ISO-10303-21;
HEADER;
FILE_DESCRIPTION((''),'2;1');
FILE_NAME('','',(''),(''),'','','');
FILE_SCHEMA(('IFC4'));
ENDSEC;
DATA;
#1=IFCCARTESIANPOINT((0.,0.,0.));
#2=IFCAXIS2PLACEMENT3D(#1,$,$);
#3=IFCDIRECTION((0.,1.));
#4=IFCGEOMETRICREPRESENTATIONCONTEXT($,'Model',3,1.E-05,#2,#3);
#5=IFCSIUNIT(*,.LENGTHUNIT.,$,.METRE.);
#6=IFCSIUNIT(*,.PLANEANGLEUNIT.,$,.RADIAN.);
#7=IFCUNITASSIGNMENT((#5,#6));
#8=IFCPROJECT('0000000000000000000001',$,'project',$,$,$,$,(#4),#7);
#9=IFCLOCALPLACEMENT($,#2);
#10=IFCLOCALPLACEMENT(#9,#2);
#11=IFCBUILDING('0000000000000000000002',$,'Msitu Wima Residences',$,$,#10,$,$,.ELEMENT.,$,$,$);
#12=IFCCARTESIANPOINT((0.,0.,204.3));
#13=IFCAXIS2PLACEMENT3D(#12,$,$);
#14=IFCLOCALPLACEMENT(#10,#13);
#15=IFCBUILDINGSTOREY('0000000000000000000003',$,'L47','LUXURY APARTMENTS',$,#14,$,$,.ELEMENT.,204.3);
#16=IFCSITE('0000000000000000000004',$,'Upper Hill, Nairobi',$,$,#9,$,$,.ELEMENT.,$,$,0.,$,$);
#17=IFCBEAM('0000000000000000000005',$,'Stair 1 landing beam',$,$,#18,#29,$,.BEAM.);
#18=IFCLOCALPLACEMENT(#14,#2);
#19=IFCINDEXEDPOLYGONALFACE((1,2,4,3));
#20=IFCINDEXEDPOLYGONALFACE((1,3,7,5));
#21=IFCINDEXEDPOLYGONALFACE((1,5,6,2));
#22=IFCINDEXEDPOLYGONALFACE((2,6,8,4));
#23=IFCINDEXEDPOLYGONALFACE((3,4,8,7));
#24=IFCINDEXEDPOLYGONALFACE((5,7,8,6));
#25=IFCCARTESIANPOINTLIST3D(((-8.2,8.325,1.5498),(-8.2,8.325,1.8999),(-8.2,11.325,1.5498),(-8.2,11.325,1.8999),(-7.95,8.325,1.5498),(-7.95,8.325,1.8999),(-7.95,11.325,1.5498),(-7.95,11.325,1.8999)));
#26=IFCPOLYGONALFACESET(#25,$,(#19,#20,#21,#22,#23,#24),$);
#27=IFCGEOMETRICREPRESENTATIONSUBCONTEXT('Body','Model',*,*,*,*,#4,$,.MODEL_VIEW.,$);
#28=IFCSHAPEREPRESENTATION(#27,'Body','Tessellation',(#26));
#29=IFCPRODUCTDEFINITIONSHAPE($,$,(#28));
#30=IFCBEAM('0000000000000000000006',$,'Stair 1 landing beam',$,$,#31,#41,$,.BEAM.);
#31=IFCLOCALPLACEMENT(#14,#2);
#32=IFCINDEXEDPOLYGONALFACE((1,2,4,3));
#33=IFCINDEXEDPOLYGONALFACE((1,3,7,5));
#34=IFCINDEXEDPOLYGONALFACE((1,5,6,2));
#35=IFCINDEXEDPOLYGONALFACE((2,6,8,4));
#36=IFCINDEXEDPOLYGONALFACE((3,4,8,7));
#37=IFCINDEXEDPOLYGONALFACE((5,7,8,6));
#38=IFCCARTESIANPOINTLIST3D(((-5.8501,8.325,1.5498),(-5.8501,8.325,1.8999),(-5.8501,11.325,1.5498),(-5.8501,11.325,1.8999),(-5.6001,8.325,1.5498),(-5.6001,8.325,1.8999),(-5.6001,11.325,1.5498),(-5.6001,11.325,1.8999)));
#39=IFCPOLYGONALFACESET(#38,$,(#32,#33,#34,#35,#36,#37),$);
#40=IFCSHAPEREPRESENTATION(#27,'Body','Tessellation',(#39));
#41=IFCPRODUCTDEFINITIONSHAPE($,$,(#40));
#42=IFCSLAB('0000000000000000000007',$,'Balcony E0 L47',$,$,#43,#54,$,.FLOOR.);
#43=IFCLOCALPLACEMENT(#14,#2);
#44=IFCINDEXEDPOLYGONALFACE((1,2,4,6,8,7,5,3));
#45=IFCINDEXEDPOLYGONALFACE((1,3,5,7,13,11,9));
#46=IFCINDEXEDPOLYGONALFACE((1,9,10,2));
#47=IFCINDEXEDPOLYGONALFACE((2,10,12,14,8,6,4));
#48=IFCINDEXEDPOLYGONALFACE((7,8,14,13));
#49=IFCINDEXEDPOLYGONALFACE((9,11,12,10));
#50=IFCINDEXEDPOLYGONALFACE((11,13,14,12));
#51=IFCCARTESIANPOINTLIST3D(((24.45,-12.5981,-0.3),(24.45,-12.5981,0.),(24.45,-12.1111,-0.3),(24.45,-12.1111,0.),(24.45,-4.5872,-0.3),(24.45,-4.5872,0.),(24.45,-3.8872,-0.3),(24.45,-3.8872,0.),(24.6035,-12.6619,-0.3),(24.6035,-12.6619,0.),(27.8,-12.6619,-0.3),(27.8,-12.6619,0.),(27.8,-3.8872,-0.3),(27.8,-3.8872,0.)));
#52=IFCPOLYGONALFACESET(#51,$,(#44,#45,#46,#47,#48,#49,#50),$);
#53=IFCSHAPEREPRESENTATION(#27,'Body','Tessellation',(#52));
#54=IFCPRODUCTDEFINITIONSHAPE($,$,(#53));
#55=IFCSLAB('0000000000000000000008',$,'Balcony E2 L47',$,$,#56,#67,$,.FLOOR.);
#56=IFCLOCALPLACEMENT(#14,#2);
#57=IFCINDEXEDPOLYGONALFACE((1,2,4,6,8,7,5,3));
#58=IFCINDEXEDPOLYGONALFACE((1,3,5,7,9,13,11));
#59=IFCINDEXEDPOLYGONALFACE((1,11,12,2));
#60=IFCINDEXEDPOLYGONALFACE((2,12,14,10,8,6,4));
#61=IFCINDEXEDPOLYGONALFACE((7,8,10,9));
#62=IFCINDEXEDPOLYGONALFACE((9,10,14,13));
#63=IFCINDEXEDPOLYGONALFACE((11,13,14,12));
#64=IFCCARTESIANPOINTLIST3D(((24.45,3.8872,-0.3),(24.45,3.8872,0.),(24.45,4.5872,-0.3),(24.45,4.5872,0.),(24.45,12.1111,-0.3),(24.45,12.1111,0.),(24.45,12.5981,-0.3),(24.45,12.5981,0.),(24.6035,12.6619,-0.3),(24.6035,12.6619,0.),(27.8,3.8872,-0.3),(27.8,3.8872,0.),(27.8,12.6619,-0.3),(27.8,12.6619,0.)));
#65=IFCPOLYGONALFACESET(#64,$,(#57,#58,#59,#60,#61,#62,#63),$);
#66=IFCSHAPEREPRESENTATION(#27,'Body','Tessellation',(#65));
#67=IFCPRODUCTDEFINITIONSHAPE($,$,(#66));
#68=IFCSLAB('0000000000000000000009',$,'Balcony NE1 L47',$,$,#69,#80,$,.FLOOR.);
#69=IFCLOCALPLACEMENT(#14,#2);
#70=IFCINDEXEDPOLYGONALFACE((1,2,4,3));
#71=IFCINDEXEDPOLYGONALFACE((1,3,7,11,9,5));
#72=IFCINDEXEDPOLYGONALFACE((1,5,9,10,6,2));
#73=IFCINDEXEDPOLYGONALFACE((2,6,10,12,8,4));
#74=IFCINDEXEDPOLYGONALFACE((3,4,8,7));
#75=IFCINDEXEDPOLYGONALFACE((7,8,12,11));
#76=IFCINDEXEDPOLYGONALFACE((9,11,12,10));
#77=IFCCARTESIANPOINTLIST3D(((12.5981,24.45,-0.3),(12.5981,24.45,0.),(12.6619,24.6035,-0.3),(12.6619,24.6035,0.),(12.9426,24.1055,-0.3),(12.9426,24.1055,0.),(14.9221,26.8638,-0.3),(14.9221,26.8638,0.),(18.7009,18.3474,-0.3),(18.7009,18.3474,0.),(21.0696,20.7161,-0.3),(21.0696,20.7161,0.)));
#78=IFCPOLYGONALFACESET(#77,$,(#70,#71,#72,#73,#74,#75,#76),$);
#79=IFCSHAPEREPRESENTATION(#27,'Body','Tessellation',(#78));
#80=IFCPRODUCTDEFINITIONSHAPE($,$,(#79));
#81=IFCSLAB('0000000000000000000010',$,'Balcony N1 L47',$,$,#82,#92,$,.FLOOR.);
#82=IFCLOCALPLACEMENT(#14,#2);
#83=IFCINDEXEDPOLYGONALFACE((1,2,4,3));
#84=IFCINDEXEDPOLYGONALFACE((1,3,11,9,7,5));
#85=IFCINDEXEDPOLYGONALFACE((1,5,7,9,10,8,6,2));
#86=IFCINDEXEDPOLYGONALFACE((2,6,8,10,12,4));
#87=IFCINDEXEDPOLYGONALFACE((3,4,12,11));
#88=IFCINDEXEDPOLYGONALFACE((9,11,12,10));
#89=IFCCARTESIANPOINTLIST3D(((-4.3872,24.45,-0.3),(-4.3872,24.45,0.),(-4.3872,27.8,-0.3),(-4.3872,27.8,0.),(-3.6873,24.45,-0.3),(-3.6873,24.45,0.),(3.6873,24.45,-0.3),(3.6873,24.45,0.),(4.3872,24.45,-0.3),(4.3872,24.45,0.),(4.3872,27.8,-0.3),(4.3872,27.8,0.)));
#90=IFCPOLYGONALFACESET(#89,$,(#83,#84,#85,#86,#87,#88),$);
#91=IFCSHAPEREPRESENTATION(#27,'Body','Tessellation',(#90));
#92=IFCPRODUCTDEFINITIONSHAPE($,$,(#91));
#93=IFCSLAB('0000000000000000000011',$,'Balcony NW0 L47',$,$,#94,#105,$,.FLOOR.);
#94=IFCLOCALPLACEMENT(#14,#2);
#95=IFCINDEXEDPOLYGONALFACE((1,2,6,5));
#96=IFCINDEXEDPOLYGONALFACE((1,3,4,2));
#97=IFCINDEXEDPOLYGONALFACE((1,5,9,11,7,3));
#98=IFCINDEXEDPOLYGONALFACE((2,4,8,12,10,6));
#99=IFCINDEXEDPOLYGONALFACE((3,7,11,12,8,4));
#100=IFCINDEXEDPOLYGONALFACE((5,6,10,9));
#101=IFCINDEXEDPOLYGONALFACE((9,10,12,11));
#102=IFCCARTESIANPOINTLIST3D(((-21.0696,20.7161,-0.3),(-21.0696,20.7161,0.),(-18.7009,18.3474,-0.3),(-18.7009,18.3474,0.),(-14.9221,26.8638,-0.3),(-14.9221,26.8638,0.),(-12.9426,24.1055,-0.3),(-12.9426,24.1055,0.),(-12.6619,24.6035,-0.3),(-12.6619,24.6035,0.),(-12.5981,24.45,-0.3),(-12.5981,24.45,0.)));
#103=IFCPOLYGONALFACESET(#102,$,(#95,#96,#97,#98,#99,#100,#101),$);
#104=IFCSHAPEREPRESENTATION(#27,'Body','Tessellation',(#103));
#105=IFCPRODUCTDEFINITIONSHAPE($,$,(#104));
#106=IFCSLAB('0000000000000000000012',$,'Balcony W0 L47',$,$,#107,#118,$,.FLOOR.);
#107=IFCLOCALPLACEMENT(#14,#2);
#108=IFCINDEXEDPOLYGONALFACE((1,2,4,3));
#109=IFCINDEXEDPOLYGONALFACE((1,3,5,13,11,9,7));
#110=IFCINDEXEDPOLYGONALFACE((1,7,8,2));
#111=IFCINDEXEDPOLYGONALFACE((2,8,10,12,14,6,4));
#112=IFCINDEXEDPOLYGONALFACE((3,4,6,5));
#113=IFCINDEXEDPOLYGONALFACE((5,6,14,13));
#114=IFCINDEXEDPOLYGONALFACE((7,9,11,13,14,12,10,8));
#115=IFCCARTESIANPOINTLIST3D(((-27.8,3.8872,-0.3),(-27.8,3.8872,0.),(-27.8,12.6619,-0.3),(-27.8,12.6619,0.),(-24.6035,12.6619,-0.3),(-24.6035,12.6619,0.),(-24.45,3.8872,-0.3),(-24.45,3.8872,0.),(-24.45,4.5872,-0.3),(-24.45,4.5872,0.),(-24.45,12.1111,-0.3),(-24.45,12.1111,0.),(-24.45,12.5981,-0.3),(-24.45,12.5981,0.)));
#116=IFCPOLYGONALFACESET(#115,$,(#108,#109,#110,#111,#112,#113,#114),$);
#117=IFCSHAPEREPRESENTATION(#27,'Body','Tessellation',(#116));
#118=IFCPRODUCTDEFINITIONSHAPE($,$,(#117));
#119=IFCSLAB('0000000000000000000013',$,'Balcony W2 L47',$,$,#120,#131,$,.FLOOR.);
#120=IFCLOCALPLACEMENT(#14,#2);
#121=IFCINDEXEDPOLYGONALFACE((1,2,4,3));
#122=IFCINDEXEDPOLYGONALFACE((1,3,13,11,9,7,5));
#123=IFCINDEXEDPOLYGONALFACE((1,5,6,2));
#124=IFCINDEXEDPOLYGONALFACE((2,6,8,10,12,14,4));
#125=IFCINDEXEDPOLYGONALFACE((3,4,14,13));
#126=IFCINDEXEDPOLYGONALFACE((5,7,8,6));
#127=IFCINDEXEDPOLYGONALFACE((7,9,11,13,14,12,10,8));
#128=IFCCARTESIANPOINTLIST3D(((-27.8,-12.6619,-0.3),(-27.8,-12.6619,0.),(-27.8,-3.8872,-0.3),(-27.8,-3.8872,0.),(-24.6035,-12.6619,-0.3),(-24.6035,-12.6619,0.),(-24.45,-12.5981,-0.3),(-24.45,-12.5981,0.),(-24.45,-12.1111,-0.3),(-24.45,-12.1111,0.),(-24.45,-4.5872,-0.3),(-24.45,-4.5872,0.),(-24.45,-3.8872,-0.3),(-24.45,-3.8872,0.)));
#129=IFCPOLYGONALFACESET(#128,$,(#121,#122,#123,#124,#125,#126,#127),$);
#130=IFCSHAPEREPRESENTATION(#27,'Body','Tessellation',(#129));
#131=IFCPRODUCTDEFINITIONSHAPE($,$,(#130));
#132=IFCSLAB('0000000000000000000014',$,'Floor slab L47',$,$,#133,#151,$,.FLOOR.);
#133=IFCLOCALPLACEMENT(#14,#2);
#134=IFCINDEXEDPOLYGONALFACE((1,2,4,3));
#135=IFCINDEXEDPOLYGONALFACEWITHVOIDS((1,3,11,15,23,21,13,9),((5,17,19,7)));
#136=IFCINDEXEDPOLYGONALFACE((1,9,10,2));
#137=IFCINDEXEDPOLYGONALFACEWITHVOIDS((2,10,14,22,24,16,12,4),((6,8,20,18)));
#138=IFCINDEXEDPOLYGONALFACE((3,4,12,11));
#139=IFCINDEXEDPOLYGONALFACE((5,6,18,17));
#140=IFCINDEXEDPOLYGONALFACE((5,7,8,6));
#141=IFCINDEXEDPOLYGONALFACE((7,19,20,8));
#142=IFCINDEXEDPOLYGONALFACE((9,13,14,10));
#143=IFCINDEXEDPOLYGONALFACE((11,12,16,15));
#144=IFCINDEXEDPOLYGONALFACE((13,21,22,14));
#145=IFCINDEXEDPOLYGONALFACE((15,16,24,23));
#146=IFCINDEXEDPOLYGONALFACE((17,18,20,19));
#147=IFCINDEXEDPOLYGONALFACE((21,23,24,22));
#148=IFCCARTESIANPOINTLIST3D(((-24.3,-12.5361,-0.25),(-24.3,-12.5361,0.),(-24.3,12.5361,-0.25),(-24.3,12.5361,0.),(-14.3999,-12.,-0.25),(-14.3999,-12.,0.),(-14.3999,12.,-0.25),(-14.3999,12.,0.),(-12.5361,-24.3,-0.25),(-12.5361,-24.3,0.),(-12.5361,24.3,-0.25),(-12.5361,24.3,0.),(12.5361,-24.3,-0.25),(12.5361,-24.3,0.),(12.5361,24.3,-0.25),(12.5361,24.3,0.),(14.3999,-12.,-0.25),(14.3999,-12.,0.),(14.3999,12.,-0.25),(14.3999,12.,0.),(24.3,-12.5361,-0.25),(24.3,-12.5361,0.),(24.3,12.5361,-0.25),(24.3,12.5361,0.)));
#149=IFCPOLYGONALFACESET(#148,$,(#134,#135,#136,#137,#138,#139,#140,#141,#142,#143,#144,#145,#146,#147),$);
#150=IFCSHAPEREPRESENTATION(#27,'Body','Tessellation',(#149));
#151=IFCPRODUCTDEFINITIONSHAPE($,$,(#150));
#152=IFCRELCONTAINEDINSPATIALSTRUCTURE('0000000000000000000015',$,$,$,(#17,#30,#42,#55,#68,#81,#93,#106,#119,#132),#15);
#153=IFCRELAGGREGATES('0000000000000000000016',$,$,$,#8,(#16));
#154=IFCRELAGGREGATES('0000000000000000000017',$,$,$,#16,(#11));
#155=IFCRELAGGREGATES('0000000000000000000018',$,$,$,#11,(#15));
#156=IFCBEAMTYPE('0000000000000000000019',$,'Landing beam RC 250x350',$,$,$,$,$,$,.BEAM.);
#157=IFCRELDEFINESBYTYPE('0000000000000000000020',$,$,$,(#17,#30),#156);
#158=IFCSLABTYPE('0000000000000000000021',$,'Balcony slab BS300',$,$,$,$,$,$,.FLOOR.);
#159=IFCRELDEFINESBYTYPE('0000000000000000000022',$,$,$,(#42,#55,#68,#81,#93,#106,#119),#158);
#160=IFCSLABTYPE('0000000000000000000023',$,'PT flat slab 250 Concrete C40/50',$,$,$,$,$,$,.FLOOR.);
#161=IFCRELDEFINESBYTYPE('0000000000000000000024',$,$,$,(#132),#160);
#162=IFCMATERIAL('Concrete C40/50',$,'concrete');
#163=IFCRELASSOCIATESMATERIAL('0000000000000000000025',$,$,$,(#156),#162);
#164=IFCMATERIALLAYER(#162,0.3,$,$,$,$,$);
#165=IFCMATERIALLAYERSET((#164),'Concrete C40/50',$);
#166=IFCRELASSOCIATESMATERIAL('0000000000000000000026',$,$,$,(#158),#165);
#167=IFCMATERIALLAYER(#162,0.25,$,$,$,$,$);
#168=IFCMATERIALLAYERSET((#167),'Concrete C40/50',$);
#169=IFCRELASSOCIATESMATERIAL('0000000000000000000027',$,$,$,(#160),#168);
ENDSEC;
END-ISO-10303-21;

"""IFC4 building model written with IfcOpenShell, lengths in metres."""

from ifc_helpers import new_model, si_unit, direction, frame, origin, origin_2d, place, context, subcontext, project, spatial, polyline, rectangle, outline, extrude, material, layer, layer_set, material_profile, profile_set, type_object, element, save


model = new_model("IFC4")

# Units and contexts
model_context = context("Model", 3, precision=1e-05, world=origin(), true_north=direction((0.0, 1.0)))
body_context = subcontext(model_context, "Body", "Model", "MODEL_VIEW")
ifc_project = project(units=[si_unit("LENGTHUNIT", "METRE"), si_unit("PLANEANGLEUNIT", "RADIAN")], contexts=[model_context])

# Site, building, storey
site_placement = place(None, origin())
site = spatial("IfcSite", under=ifc_project, at=site_placement, Name="Upper Hill, Nairobi", CompositionType="ELEMENT", RefElevation=0.0)
building_placement = place(site_placement, origin())
building = spatial("IfcBuilding", under=site, at=building_placement, Name="Msitu Wima Residences", CompositionType="ELEMENT")
storey_placement = place(building_placement, frame((0.0, 0.0, 204.3)))
storey = spatial("IfcBuildingStorey", under=building, at=storey_placement, Name="L47", Description="LUXURY APARTMENTS", CompositionType="ELEMENT", Elevation=204.3)

# Beams
ifc_material_1 = material(Name="Concrete C40/50", Category="concrete")
ifc_material_profile = material_profile(ifc_material_1, rectangle(XDim=0.25, YDim=0.3501, at=origin_2d()), Name="RC 250x350")
ifc_profile_set = profile_set([ifc_material_profile], Name="Concrete C40/50")
beam_type = type_object("IfcBeamType", Name="Landing beam RC 250x350", PredefinedType="BEAM", material=ifc_profile_set)
for number, where, z_axis, x_axis, name in (
    (1, (-8.075, 8.325, 1.7249), (0.0, 1.0, 0.0), (-1.0, 0.0, 0.0), "Stair 1 landing beam"),
    (2, (-5.7251, 8.325, 1.7249), (0.0, 1.0, 0.0), (-1.0, 0.0, 0.0), "Stair 1 landing beam"),
):
    element("IfcBeam", number, at=place(storey_placement, frame(where, z_axis=z_axis, x_axis=x_axis)), inside=storey, type_object=beam_type, Name=name, PredefinedType="BEAM", context=body_context, shape_type="SweptSolid", body=[
        extrude(rectangle(XDim=0.25, YDim=0.3501, at=origin_2d()), origin(), (0.0, 0.0, 1.0), 3.0),
    ])

# Slabs
ifc_layer_1 = layer(ifc_material_1, 0.3)
ifc_layer_set_1 = layer_set([ifc_layer_1], Name="Concrete C40/50")
slab_type_1 = type_object("IfcSlabType", Name="Balcony slab BS300", PredefinedType="FLOOR", material=ifc_layer_set_1)
slab_1_placement = place(storey_placement, frame((0.0, 0.0, -0.3)))
element("IfcSlab", 3, at=slab_1_placement, inside=storey, type_object=slab_type_1, Name="Balcony E0 L47", PredefinedType="FLOOR", context=body_context, shape_type="SweptSolid", body=[
    extrude(outline(polyline([(24.45, -12.1111), (24.45, -12.1111), (24.45, -4.5872), (24.45, -4.5872), (24.45, -3.8872), (27.8, -3.8872), (27.8, -12.6619), (24.6035, -12.6619), (24.45, -12.5981), (24.45, -12.1111), (24.45, -12.1111)])), origin(), (0.0, 0.0, 1.0), 0.3),
])
slab_2_placement = place(storey_placement, frame((0.0, 0.0, -0.3)))
element("IfcSlab", 4, at=slab_2_placement, inside=storey, type_object=slab_type_1, Name="Balcony E2 L47", PredefinedType="FLOOR", context=body_context, shape_type="SweptSolid", body=[
    extrude(outline(polyline([(24.45, 12.1111), (24.45, 12.1111), (24.45, 12.1111), (24.45, 12.5981), (24.6035, 12.6619), (27.8, 12.6619), (27.8, 3.8872), (24.45, 3.8872), (24.45, 4.5872), (24.45, 12.1111)])), origin(), (0.0, 0.0, 1.0), 0.3),
])
slab_3_placement = place(storey_placement, frame((0.0, 0.0, -0.3)))
element("IfcSlab", 5, at=slab_3_placement, inside=storey, type_object=slab_type_1, Name="Balcony NE1 L47", PredefinedType="FLOOR", context=body_context, shape_type="SweptSolid", body=[
    extrude(outline(polyline([(12.9426, 24.1055), (12.9426, 24.1055), (12.5981, 24.45), (12.6619, 24.6035), (14.9221, 26.8638), (21.0696, 20.7161), (18.7009, 18.3474), (12.9426, 24.1055), (12.9426, 24.1055)])), origin(), (0.0, 0.0, 1.0), 0.3),
])
slab_4_placement = place(storey_placement, frame((0.0, 0.0, -0.3)))
element("IfcSlab", 6, at=slab_4_placement, inside=storey, type_object=slab_type_1, Name="Balcony N1 L47", PredefinedType="FLOOR", context=body_context, shape_type="SweptSolid", body=[
    extrude(outline(polyline([(3.6873, 24.45), (-3.6873, 24.45), (-4.3872, 24.45), (-4.3872, 27.8), (4.3872, 27.8), (4.3872, 24.45), (3.6873, 24.45)])), origin(), (0.0, 0.0, 1.0), 0.3),
])
slab_5_placement = place(storey_placement, frame((0.0, 0.0, -0.3)))
element("IfcSlab", 7, at=slab_5_placement, inside=storey, type_object=slab_type_1, Name="Balcony NW0 L47", PredefinedType="FLOOR", context=body_context, shape_type="SweptSolid", body=[
    extrude(outline(polyline([(-12.9426, 24.1055), (-12.9426, 24.1055), (-18.7009, 18.3474), (-21.0696, 20.7161), (-14.9221, 26.8638), (-12.6619, 24.6035), (-12.5981, 24.45), (-12.9426, 24.1055), (-12.9426, 24.1055)])), origin(), (0.0, 0.0, 1.0), 0.3),
])
slab_6_placement = place(storey_placement, frame((0.0, 0.0, -0.3)))
element("IfcSlab", 8, at=slab_6_placement, inside=storey, type_object=slab_type_1, Name="Balcony W0 L47", PredefinedType="FLOOR", context=body_context, shape_type="SweptSolid", body=[
    extrude(outline(polyline([(-24.45, 12.1111), (-24.45, 12.1111), (-24.45, 4.5872), (-24.45, 3.8872), (-27.8, 3.8872), (-27.8, 12.6619), (-24.6035, 12.6619), (-24.45, 12.5981), (-24.45, 12.1111), (-24.45, 12.1111)])), origin(), (0.0, 0.0, 1.0), 0.3),
])
slab_7_placement = place(storey_placement, frame((0.0, 0.0, -0.3)))
element("IfcSlab", 9, at=slab_7_placement, inside=storey, type_object=slab_type_1, Name="Balcony W2 L47", PredefinedType="FLOOR", context=body_context, shape_type="SweptSolid", body=[
    extrude(outline(polyline([(-24.45, -12.1111), (-24.45, -12.1111), (-24.45, -12.5981), (-24.6035, -12.6619), (-27.8, -12.6619), (-27.8, -3.8872), (-24.45, -3.8872), (-24.45, -4.5872), (-24.45, -4.5872), (-24.45, -12.1111), (-24.45, -12.1111)])), origin(), (0.0, 0.0, 1.0), 0.3),
])
ifc_layer_2 = layer(ifc_material_1, 0.25)
ifc_layer_set_2 = layer_set([ifc_layer_2], Name="Concrete C40/50")
slab_type_2 = type_object("IfcSlabType", Name="PT flat slab 250 Concrete C40/50", PredefinedType="FLOOR", material=ifc_layer_set_2)
slab_8_placement = place(storey_placement, frame((0.0, 0.0, -0.25)))
element("IfcSlab", 10, at=slab_8_placement, inside=storey, type_object=slab_type_2, Name="Floor slab L47", PredefinedType="FLOOR", context=body_context, shape_type="SweptSolid", body=[
    extrude(outline(polyline([(24.3, -12.5361), (12.5361, -24.3), (-12.5361, -24.3), (-24.3, -12.5361), (-24.3, 12.5361), (-12.5361, 24.3), (12.5361, 24.3), (24.3, 12.5361), (24.3, -12.5361)]), holes=[polyline([(-14.3999, -12.0), (14.3999, -12.0), (14.3999, 12.0), (-14.3999, 12.0), (-14.3999, -12.0)])]), origin(), (0.0, 0.0, 1.0), 0.25),
])

save(model, "model.ifc")
